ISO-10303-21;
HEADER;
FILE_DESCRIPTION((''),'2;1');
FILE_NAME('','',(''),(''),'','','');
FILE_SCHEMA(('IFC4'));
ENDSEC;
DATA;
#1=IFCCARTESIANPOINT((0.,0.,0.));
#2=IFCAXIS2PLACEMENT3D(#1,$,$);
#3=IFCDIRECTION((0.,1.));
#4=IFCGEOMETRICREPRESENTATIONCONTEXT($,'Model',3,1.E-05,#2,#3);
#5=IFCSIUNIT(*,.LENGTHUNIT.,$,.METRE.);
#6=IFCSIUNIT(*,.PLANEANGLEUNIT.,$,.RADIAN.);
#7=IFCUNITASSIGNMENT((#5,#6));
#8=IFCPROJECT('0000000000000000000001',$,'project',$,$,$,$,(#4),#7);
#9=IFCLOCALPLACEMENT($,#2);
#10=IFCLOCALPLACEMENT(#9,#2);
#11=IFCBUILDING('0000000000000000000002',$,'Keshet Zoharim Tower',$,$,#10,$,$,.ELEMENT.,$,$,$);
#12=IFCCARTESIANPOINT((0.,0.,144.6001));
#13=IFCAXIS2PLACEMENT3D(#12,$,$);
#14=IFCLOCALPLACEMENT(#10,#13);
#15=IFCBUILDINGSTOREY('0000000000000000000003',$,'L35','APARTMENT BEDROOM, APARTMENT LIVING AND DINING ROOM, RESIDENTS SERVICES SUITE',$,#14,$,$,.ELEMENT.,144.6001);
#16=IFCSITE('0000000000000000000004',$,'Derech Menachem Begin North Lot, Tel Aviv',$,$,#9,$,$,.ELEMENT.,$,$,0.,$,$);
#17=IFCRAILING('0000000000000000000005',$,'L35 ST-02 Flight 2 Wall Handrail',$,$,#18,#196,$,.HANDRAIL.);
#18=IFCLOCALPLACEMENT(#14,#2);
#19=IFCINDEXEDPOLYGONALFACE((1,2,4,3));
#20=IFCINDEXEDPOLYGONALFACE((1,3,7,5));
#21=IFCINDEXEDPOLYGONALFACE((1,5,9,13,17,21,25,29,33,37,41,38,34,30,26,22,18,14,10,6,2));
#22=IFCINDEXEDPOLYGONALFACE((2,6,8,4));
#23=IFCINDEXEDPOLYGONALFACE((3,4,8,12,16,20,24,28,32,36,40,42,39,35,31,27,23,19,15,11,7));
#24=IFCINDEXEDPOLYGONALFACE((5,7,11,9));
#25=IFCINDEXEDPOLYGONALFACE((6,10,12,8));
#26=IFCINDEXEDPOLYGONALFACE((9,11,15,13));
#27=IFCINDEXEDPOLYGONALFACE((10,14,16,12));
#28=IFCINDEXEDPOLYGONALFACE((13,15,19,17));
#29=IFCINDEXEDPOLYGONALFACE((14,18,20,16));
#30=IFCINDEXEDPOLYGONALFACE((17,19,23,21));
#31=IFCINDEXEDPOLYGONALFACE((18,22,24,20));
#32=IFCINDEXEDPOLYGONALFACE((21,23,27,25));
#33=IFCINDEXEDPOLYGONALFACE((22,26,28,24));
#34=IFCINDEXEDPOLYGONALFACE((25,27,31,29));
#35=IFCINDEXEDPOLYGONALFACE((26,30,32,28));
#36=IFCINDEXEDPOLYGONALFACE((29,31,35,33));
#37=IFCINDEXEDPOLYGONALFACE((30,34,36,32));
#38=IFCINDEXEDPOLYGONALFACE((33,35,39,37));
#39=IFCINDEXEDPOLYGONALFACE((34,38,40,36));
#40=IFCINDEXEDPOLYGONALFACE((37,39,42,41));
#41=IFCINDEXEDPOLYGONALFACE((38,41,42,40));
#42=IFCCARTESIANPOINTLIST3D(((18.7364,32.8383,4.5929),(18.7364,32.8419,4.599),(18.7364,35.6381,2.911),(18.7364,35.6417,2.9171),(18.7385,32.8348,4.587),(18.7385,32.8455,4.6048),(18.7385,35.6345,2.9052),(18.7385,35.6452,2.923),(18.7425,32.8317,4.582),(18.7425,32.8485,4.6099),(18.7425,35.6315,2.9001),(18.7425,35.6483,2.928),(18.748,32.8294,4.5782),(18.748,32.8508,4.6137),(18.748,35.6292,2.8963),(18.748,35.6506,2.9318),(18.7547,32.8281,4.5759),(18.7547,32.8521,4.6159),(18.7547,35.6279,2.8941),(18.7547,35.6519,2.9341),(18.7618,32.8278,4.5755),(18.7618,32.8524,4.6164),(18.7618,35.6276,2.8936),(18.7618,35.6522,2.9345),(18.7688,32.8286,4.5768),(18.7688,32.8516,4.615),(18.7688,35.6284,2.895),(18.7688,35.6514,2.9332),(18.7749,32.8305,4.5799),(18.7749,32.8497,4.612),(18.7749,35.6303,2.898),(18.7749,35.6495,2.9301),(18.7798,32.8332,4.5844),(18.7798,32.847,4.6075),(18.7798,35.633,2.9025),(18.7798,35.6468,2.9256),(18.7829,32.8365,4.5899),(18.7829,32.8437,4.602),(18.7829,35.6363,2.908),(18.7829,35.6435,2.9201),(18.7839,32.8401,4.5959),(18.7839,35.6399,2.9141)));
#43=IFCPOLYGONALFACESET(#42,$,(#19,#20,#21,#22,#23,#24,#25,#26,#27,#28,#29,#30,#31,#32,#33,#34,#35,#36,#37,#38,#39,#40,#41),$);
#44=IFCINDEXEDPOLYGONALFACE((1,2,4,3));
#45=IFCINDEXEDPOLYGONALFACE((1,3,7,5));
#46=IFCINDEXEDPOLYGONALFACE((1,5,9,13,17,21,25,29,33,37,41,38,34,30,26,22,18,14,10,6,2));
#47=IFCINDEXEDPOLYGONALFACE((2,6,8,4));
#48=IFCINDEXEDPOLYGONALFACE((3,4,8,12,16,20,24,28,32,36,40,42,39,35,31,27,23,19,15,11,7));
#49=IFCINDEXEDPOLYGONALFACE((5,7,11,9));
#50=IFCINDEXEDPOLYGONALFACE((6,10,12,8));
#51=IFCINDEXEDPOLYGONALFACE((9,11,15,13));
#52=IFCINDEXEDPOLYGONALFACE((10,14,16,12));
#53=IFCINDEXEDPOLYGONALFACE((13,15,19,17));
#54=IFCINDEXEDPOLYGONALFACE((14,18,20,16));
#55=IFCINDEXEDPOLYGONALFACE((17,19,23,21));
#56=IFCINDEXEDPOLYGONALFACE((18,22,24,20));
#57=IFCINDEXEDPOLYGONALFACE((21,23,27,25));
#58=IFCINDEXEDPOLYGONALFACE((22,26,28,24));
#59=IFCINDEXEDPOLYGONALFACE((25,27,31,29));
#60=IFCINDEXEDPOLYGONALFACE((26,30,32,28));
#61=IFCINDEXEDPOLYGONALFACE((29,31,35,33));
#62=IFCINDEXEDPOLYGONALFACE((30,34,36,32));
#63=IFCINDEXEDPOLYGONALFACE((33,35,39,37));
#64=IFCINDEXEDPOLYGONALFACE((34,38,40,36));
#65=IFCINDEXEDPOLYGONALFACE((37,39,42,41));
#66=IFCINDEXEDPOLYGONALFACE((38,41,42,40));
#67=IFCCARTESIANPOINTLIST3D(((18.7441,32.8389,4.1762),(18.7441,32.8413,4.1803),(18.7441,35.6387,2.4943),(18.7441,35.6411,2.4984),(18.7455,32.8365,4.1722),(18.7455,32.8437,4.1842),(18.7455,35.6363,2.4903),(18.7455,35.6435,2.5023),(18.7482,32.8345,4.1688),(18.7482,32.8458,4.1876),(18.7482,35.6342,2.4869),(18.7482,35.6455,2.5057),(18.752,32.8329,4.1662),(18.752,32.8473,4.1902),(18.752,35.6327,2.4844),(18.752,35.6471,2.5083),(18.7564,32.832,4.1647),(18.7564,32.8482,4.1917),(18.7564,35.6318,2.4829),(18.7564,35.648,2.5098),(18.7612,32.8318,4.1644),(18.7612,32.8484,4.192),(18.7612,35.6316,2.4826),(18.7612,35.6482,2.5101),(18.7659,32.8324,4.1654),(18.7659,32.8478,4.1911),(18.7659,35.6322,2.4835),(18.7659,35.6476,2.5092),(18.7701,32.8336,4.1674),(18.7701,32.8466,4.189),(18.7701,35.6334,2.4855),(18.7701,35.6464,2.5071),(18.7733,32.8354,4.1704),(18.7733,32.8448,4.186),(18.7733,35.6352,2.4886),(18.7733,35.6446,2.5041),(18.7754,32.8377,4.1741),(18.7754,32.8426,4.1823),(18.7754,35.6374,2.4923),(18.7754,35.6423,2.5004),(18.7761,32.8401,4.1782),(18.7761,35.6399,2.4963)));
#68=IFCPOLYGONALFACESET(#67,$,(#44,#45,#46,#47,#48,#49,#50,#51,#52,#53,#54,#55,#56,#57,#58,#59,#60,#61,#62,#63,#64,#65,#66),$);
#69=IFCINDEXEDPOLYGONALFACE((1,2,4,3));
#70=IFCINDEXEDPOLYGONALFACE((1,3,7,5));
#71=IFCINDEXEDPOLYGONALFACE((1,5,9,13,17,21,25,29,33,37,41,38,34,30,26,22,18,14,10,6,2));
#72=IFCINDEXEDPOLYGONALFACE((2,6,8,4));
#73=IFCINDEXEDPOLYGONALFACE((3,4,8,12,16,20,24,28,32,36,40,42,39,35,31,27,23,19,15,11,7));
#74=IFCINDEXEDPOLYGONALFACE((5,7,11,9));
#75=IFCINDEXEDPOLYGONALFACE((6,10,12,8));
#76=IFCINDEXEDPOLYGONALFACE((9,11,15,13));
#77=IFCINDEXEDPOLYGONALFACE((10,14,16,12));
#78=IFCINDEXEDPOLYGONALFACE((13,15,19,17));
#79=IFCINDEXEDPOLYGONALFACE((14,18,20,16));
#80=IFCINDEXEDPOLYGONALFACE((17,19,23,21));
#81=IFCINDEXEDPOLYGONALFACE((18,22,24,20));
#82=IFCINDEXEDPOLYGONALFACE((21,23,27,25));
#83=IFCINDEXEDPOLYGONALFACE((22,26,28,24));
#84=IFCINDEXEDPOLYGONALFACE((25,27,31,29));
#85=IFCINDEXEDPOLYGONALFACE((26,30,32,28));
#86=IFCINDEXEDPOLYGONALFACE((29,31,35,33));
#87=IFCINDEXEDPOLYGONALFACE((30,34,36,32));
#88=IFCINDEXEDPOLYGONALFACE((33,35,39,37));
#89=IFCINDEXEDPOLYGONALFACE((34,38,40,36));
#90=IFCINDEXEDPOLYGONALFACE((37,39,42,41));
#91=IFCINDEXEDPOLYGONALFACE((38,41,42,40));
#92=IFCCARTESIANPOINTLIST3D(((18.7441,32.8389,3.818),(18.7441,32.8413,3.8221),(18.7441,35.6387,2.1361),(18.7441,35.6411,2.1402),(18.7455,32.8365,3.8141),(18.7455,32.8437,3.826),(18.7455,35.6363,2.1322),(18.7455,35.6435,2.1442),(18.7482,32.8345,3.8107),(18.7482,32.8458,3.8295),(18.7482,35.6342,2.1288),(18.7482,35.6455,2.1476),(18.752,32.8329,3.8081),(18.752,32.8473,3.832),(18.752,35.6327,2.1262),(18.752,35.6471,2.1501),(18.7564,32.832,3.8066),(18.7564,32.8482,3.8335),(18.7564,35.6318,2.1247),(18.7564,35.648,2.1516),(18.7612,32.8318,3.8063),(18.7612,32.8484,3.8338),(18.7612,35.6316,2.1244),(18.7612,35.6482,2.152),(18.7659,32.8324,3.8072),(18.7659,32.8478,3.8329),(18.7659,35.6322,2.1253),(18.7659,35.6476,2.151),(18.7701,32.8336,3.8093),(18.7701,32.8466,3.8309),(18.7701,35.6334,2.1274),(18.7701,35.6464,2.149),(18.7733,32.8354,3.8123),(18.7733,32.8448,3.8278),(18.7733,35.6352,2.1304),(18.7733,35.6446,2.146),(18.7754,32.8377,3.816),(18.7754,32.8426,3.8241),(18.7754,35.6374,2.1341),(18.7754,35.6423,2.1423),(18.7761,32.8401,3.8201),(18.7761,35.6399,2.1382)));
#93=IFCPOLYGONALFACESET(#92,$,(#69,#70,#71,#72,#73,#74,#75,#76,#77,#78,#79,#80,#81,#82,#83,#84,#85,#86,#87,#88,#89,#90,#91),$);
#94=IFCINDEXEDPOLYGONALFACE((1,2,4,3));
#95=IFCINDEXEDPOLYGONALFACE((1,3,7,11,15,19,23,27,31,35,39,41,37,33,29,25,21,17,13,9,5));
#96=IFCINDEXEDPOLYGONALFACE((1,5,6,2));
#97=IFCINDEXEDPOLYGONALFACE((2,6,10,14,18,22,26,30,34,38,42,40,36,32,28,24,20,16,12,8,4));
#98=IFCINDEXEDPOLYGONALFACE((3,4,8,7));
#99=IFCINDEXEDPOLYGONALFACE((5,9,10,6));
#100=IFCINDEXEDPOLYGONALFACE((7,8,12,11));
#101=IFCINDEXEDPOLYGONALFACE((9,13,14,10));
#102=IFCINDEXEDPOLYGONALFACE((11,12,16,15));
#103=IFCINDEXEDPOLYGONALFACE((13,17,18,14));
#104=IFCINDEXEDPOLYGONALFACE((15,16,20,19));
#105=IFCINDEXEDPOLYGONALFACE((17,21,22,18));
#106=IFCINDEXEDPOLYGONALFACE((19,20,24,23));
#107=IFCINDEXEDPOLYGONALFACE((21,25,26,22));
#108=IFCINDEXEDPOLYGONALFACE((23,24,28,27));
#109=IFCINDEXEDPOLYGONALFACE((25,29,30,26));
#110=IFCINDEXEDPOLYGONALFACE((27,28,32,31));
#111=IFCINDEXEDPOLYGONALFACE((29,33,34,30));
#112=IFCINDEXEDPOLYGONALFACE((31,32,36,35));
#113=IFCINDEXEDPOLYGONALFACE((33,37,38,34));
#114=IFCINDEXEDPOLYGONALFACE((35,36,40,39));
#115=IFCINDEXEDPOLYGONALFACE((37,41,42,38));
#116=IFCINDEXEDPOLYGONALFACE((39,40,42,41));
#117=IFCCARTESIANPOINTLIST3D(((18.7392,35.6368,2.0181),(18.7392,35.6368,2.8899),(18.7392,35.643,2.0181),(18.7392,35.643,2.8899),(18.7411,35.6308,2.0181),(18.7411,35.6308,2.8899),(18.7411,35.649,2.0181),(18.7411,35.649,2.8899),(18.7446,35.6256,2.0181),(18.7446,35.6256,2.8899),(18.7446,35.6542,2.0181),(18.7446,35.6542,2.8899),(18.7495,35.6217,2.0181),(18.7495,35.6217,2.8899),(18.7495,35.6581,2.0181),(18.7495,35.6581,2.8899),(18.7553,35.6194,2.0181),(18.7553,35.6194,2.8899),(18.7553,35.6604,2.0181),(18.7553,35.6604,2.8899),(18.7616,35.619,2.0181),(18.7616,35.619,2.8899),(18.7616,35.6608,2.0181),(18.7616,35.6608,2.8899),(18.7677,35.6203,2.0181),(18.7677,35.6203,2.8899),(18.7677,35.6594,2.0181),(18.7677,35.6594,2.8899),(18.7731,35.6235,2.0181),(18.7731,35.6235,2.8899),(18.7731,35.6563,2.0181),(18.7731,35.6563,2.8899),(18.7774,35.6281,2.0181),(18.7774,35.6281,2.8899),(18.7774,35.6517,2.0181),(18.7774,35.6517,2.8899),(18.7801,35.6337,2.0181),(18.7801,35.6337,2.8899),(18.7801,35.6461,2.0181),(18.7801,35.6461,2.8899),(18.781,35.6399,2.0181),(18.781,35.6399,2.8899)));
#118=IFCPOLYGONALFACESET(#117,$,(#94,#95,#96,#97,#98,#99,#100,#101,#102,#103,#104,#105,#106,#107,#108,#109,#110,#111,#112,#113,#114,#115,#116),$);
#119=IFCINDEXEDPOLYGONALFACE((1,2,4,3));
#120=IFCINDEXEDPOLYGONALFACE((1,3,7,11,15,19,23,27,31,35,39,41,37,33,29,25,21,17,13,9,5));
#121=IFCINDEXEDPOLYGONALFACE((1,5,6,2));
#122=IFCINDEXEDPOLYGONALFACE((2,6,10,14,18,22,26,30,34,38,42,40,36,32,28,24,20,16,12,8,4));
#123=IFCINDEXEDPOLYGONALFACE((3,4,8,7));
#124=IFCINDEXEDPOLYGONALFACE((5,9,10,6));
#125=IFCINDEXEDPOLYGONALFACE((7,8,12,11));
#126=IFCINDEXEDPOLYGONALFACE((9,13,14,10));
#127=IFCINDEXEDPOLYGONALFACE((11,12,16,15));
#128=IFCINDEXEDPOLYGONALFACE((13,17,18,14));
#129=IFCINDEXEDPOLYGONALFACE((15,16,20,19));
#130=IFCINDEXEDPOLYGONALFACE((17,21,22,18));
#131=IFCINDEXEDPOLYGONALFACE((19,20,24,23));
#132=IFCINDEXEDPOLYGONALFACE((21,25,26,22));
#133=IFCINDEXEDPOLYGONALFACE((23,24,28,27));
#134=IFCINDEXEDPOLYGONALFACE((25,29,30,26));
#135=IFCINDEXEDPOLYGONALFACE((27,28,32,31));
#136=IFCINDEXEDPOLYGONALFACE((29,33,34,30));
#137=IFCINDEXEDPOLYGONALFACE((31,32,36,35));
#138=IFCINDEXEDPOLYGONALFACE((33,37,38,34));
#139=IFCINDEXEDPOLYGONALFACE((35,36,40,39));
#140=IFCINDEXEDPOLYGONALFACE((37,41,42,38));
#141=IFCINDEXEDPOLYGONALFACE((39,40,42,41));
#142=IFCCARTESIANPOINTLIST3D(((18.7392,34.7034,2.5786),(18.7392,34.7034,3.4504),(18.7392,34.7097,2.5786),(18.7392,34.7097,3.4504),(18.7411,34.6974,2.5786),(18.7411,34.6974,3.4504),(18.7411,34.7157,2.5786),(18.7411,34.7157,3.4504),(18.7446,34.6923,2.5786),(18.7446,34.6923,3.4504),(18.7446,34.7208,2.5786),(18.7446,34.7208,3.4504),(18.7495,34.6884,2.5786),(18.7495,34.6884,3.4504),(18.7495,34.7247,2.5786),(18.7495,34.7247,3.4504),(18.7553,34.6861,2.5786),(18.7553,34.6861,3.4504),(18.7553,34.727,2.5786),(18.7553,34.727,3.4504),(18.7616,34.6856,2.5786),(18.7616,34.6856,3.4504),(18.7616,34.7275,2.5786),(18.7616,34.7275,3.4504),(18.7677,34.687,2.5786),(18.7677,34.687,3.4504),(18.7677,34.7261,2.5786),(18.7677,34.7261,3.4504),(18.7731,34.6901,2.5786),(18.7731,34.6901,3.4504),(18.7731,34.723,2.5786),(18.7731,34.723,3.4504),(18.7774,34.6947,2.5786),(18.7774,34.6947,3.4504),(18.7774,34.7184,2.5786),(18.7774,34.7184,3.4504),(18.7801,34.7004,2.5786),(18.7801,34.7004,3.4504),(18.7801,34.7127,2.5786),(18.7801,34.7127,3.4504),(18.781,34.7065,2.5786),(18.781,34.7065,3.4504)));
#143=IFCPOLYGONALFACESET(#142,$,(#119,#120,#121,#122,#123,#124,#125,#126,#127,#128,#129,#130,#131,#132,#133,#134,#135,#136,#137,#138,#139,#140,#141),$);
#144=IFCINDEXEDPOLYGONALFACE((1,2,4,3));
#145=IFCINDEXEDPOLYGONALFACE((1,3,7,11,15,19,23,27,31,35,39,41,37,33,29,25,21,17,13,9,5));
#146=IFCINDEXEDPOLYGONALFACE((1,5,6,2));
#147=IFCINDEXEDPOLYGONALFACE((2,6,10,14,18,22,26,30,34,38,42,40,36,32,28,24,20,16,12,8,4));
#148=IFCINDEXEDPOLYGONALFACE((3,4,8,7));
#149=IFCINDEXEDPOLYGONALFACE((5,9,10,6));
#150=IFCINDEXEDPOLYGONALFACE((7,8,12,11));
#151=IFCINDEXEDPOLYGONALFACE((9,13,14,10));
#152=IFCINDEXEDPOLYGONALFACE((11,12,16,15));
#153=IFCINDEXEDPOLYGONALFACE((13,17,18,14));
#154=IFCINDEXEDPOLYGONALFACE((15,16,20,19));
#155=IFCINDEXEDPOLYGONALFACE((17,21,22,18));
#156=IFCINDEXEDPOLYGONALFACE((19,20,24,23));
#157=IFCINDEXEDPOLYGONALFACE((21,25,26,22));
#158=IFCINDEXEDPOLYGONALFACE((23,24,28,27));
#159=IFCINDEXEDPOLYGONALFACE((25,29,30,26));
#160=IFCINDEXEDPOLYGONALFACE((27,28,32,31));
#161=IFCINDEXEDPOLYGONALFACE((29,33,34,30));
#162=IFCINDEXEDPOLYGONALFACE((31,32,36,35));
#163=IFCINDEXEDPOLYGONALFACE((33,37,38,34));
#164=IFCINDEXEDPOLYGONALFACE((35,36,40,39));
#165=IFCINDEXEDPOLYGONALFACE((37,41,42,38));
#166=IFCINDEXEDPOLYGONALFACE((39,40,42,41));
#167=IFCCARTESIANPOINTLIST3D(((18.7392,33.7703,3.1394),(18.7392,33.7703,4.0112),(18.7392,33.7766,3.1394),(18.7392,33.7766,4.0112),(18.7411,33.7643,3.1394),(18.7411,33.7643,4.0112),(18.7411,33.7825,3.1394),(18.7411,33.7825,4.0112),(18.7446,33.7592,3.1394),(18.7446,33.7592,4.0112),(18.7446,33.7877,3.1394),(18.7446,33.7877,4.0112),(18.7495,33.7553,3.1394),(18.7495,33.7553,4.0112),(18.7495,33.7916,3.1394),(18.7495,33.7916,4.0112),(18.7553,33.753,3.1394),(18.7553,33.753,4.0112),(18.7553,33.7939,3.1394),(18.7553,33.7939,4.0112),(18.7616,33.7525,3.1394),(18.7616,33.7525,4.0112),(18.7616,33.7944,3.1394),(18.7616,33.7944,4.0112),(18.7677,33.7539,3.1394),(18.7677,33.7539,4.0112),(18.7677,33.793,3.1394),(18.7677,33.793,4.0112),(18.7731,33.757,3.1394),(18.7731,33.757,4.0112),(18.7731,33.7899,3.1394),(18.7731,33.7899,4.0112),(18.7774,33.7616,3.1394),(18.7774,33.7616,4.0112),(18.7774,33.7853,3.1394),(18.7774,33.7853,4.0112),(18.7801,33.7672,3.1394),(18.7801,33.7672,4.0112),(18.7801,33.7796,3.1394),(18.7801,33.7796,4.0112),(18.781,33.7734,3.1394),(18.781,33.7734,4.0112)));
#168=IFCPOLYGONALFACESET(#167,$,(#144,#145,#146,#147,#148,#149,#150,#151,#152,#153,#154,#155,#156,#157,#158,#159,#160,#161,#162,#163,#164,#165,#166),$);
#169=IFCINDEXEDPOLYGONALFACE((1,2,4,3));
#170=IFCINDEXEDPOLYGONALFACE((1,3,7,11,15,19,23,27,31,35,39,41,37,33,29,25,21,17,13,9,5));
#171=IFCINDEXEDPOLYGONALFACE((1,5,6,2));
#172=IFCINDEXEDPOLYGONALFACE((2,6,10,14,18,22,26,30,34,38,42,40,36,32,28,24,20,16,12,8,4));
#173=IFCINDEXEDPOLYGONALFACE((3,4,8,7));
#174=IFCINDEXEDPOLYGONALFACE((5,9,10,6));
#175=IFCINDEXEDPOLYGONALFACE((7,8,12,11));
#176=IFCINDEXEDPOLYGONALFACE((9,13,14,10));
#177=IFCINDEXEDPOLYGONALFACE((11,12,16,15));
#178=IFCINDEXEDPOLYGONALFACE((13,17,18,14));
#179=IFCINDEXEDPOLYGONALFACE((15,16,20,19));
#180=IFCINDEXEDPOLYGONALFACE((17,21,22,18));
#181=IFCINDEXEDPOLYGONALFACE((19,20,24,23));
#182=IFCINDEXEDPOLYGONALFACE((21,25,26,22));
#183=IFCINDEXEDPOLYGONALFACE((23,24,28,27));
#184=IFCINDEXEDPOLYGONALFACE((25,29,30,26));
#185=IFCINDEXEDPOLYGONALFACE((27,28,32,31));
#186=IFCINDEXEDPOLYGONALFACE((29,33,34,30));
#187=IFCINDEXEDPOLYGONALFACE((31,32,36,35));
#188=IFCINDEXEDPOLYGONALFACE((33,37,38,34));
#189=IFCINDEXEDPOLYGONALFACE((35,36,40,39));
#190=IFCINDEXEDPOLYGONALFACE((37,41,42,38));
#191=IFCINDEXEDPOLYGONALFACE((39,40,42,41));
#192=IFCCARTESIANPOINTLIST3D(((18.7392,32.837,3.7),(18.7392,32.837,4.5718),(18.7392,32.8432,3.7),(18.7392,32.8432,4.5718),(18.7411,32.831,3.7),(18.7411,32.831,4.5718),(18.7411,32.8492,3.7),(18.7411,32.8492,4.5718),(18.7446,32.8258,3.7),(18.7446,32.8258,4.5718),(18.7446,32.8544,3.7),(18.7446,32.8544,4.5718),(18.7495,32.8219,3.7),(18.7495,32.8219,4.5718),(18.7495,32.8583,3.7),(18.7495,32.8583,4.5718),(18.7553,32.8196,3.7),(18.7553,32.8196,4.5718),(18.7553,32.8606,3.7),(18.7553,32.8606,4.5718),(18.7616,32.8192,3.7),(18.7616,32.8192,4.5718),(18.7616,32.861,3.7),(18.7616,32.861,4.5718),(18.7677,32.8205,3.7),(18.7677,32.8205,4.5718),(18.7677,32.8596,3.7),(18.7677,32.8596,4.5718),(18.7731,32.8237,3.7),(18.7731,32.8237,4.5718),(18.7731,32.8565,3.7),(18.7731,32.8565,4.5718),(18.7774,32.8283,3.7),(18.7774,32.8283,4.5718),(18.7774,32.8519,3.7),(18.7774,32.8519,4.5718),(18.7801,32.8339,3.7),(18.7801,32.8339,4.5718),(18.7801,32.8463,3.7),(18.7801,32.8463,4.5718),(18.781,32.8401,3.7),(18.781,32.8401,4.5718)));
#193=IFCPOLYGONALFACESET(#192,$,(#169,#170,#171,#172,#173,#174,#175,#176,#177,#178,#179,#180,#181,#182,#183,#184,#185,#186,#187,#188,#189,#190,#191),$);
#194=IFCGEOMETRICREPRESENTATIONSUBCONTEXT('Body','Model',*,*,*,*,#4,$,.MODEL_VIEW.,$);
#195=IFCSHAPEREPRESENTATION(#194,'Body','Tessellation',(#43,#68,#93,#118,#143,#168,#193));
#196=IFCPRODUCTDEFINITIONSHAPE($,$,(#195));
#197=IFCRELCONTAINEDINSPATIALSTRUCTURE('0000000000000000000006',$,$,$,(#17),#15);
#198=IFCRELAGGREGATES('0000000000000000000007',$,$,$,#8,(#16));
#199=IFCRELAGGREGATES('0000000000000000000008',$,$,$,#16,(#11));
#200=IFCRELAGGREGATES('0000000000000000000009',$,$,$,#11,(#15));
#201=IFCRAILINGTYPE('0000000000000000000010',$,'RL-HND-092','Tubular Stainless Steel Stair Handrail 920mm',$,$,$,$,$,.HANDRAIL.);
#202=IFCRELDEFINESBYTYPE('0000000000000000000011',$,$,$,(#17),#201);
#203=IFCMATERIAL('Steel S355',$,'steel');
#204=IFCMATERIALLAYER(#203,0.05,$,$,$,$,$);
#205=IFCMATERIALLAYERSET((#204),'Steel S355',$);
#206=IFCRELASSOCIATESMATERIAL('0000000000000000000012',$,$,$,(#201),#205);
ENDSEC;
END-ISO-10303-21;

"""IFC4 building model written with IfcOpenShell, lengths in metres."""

from ifc_helpers import new_model, si_unit, direction, frame, origin, origin_2d, place, context, subcontext, project, spatial, circle, extrude, material, layer, layer_set, type_object, element, save


model = new_model("IFC4")

# Units and contexts
model_context = context("Model", 3, precision=1e-05, world=origin(), true_north=direction((0.0, 1.0)))
body_context = subcontext(model_context, "Body", "Model", "MODEL_VIEW")
ifc_project = project(units=[si_unit("LENGTHUNIT", "METRE"), si_unit("PLANEANGLEUNIT", "RADIAN")], contexts=[model_context])

# Site, building, storey
site_placement = place(None, origin())
site = spatial("IfcSite", under=ifc_project, at=site_placement, Name="Derech Menachem Begin North Lot, Tel Aviv", CompositionType="ELEMENT", RefElevation=0.0)
building_placement = place(site_placement, origin())
building = spatial("IfcBuilding", under=site, at=building_placement, Name="Keshet Zoharim Tower", CompositionType="ELEMENT")
storey_placement = place(building_placement, frame((0.0, 0.0, 144.6001)))
storey = spatial("IfcBuildingStorey", under=building, at=storey_placement, Name="L35", Description="APARTMENT BEDROOM, APARTMENT LIVING AND DINING ROOM, RESIDENTS SERVICES SUITE", CompositionType="ELEMENT", Elevation=144.6001)

# Shared definitions
ifc_material_1 = material(Name="Steel S355", Category="steel")

# Railing
ifc_layer_1 = layer(ifc_material_1, 0.05)
ifc_layer_set_1 = layer_set([ifc_layer_1], Name="Steel S355")
railing_type = type_object("IfcRailingType", Name="RL-HND-092", Description="Tubular Stainless Steel Stair Handrail 920mm", PredefinedType="HANDRAIL", material=ifc_layer_set_1)
railing_placement = place(storey_placement, frame((18.76, 35.6399, 2.0181)))
element("IfcRailing", 1, at=railing_placement, inside=storey, type_object=railing_type, Name="L35 ST-02 Flight 2 Wall Handrail", PredefinedType="HANDRAIL", context=body_context, shape_type="SweptSolid", body=[
    extrude(circle(Radius=0.0239, at=origin_2d()), frame((0.0, 0.0, 0.896), z_axis=(0.0, -0.857222, 0.514946), x_axis=(1.0, 0.0, 0.0)), (0.0, 0.0, 1.0), 3.2661),
    extrude(circle(Radius=0.0161, at=origin_2d()), frame((0.0, 0.0, 0.4783), z_axis=(0.0, -0.857222, 0.514946), x_axis=(1.0, 0.0, 0.0)), (0.0, 0.0, 1.0), 3.2661),
    extrude(circle(Radius=0.0161, at=origin_2d()), frame((0.0, 0.0, 0.1201), z_axis=(0.0, -0.857222, 0.514946), x_axis=(1.0, 0.0, 0.0)), (0.0, 0.0, 1.0), 3.2661),
    extrude(circle(Radius=0.021, at=origin_2d()), origin(), (0.0, 0.0, 1.0), 0.8718),
    extrude(circle(Radius=0.021, at=origin_2d()), frame((0.0, -0.9333, 0.5605)), (0.0, 0.0, 1.0), 0.8718),
    extrude(circle(Radius=0.021, at=origin_2d()), frame((0.0, -1.8665, 1.1213)), (0.0, 0.0, 1.0), 0.8718),
    extrude(circle(Radius=0.021, at=origin_2d()), frame((0.0, -2.7998, 1.6819)), (0.0, 0.0, 1.0), 0.8718),
])

save(model, "model.ifc")
